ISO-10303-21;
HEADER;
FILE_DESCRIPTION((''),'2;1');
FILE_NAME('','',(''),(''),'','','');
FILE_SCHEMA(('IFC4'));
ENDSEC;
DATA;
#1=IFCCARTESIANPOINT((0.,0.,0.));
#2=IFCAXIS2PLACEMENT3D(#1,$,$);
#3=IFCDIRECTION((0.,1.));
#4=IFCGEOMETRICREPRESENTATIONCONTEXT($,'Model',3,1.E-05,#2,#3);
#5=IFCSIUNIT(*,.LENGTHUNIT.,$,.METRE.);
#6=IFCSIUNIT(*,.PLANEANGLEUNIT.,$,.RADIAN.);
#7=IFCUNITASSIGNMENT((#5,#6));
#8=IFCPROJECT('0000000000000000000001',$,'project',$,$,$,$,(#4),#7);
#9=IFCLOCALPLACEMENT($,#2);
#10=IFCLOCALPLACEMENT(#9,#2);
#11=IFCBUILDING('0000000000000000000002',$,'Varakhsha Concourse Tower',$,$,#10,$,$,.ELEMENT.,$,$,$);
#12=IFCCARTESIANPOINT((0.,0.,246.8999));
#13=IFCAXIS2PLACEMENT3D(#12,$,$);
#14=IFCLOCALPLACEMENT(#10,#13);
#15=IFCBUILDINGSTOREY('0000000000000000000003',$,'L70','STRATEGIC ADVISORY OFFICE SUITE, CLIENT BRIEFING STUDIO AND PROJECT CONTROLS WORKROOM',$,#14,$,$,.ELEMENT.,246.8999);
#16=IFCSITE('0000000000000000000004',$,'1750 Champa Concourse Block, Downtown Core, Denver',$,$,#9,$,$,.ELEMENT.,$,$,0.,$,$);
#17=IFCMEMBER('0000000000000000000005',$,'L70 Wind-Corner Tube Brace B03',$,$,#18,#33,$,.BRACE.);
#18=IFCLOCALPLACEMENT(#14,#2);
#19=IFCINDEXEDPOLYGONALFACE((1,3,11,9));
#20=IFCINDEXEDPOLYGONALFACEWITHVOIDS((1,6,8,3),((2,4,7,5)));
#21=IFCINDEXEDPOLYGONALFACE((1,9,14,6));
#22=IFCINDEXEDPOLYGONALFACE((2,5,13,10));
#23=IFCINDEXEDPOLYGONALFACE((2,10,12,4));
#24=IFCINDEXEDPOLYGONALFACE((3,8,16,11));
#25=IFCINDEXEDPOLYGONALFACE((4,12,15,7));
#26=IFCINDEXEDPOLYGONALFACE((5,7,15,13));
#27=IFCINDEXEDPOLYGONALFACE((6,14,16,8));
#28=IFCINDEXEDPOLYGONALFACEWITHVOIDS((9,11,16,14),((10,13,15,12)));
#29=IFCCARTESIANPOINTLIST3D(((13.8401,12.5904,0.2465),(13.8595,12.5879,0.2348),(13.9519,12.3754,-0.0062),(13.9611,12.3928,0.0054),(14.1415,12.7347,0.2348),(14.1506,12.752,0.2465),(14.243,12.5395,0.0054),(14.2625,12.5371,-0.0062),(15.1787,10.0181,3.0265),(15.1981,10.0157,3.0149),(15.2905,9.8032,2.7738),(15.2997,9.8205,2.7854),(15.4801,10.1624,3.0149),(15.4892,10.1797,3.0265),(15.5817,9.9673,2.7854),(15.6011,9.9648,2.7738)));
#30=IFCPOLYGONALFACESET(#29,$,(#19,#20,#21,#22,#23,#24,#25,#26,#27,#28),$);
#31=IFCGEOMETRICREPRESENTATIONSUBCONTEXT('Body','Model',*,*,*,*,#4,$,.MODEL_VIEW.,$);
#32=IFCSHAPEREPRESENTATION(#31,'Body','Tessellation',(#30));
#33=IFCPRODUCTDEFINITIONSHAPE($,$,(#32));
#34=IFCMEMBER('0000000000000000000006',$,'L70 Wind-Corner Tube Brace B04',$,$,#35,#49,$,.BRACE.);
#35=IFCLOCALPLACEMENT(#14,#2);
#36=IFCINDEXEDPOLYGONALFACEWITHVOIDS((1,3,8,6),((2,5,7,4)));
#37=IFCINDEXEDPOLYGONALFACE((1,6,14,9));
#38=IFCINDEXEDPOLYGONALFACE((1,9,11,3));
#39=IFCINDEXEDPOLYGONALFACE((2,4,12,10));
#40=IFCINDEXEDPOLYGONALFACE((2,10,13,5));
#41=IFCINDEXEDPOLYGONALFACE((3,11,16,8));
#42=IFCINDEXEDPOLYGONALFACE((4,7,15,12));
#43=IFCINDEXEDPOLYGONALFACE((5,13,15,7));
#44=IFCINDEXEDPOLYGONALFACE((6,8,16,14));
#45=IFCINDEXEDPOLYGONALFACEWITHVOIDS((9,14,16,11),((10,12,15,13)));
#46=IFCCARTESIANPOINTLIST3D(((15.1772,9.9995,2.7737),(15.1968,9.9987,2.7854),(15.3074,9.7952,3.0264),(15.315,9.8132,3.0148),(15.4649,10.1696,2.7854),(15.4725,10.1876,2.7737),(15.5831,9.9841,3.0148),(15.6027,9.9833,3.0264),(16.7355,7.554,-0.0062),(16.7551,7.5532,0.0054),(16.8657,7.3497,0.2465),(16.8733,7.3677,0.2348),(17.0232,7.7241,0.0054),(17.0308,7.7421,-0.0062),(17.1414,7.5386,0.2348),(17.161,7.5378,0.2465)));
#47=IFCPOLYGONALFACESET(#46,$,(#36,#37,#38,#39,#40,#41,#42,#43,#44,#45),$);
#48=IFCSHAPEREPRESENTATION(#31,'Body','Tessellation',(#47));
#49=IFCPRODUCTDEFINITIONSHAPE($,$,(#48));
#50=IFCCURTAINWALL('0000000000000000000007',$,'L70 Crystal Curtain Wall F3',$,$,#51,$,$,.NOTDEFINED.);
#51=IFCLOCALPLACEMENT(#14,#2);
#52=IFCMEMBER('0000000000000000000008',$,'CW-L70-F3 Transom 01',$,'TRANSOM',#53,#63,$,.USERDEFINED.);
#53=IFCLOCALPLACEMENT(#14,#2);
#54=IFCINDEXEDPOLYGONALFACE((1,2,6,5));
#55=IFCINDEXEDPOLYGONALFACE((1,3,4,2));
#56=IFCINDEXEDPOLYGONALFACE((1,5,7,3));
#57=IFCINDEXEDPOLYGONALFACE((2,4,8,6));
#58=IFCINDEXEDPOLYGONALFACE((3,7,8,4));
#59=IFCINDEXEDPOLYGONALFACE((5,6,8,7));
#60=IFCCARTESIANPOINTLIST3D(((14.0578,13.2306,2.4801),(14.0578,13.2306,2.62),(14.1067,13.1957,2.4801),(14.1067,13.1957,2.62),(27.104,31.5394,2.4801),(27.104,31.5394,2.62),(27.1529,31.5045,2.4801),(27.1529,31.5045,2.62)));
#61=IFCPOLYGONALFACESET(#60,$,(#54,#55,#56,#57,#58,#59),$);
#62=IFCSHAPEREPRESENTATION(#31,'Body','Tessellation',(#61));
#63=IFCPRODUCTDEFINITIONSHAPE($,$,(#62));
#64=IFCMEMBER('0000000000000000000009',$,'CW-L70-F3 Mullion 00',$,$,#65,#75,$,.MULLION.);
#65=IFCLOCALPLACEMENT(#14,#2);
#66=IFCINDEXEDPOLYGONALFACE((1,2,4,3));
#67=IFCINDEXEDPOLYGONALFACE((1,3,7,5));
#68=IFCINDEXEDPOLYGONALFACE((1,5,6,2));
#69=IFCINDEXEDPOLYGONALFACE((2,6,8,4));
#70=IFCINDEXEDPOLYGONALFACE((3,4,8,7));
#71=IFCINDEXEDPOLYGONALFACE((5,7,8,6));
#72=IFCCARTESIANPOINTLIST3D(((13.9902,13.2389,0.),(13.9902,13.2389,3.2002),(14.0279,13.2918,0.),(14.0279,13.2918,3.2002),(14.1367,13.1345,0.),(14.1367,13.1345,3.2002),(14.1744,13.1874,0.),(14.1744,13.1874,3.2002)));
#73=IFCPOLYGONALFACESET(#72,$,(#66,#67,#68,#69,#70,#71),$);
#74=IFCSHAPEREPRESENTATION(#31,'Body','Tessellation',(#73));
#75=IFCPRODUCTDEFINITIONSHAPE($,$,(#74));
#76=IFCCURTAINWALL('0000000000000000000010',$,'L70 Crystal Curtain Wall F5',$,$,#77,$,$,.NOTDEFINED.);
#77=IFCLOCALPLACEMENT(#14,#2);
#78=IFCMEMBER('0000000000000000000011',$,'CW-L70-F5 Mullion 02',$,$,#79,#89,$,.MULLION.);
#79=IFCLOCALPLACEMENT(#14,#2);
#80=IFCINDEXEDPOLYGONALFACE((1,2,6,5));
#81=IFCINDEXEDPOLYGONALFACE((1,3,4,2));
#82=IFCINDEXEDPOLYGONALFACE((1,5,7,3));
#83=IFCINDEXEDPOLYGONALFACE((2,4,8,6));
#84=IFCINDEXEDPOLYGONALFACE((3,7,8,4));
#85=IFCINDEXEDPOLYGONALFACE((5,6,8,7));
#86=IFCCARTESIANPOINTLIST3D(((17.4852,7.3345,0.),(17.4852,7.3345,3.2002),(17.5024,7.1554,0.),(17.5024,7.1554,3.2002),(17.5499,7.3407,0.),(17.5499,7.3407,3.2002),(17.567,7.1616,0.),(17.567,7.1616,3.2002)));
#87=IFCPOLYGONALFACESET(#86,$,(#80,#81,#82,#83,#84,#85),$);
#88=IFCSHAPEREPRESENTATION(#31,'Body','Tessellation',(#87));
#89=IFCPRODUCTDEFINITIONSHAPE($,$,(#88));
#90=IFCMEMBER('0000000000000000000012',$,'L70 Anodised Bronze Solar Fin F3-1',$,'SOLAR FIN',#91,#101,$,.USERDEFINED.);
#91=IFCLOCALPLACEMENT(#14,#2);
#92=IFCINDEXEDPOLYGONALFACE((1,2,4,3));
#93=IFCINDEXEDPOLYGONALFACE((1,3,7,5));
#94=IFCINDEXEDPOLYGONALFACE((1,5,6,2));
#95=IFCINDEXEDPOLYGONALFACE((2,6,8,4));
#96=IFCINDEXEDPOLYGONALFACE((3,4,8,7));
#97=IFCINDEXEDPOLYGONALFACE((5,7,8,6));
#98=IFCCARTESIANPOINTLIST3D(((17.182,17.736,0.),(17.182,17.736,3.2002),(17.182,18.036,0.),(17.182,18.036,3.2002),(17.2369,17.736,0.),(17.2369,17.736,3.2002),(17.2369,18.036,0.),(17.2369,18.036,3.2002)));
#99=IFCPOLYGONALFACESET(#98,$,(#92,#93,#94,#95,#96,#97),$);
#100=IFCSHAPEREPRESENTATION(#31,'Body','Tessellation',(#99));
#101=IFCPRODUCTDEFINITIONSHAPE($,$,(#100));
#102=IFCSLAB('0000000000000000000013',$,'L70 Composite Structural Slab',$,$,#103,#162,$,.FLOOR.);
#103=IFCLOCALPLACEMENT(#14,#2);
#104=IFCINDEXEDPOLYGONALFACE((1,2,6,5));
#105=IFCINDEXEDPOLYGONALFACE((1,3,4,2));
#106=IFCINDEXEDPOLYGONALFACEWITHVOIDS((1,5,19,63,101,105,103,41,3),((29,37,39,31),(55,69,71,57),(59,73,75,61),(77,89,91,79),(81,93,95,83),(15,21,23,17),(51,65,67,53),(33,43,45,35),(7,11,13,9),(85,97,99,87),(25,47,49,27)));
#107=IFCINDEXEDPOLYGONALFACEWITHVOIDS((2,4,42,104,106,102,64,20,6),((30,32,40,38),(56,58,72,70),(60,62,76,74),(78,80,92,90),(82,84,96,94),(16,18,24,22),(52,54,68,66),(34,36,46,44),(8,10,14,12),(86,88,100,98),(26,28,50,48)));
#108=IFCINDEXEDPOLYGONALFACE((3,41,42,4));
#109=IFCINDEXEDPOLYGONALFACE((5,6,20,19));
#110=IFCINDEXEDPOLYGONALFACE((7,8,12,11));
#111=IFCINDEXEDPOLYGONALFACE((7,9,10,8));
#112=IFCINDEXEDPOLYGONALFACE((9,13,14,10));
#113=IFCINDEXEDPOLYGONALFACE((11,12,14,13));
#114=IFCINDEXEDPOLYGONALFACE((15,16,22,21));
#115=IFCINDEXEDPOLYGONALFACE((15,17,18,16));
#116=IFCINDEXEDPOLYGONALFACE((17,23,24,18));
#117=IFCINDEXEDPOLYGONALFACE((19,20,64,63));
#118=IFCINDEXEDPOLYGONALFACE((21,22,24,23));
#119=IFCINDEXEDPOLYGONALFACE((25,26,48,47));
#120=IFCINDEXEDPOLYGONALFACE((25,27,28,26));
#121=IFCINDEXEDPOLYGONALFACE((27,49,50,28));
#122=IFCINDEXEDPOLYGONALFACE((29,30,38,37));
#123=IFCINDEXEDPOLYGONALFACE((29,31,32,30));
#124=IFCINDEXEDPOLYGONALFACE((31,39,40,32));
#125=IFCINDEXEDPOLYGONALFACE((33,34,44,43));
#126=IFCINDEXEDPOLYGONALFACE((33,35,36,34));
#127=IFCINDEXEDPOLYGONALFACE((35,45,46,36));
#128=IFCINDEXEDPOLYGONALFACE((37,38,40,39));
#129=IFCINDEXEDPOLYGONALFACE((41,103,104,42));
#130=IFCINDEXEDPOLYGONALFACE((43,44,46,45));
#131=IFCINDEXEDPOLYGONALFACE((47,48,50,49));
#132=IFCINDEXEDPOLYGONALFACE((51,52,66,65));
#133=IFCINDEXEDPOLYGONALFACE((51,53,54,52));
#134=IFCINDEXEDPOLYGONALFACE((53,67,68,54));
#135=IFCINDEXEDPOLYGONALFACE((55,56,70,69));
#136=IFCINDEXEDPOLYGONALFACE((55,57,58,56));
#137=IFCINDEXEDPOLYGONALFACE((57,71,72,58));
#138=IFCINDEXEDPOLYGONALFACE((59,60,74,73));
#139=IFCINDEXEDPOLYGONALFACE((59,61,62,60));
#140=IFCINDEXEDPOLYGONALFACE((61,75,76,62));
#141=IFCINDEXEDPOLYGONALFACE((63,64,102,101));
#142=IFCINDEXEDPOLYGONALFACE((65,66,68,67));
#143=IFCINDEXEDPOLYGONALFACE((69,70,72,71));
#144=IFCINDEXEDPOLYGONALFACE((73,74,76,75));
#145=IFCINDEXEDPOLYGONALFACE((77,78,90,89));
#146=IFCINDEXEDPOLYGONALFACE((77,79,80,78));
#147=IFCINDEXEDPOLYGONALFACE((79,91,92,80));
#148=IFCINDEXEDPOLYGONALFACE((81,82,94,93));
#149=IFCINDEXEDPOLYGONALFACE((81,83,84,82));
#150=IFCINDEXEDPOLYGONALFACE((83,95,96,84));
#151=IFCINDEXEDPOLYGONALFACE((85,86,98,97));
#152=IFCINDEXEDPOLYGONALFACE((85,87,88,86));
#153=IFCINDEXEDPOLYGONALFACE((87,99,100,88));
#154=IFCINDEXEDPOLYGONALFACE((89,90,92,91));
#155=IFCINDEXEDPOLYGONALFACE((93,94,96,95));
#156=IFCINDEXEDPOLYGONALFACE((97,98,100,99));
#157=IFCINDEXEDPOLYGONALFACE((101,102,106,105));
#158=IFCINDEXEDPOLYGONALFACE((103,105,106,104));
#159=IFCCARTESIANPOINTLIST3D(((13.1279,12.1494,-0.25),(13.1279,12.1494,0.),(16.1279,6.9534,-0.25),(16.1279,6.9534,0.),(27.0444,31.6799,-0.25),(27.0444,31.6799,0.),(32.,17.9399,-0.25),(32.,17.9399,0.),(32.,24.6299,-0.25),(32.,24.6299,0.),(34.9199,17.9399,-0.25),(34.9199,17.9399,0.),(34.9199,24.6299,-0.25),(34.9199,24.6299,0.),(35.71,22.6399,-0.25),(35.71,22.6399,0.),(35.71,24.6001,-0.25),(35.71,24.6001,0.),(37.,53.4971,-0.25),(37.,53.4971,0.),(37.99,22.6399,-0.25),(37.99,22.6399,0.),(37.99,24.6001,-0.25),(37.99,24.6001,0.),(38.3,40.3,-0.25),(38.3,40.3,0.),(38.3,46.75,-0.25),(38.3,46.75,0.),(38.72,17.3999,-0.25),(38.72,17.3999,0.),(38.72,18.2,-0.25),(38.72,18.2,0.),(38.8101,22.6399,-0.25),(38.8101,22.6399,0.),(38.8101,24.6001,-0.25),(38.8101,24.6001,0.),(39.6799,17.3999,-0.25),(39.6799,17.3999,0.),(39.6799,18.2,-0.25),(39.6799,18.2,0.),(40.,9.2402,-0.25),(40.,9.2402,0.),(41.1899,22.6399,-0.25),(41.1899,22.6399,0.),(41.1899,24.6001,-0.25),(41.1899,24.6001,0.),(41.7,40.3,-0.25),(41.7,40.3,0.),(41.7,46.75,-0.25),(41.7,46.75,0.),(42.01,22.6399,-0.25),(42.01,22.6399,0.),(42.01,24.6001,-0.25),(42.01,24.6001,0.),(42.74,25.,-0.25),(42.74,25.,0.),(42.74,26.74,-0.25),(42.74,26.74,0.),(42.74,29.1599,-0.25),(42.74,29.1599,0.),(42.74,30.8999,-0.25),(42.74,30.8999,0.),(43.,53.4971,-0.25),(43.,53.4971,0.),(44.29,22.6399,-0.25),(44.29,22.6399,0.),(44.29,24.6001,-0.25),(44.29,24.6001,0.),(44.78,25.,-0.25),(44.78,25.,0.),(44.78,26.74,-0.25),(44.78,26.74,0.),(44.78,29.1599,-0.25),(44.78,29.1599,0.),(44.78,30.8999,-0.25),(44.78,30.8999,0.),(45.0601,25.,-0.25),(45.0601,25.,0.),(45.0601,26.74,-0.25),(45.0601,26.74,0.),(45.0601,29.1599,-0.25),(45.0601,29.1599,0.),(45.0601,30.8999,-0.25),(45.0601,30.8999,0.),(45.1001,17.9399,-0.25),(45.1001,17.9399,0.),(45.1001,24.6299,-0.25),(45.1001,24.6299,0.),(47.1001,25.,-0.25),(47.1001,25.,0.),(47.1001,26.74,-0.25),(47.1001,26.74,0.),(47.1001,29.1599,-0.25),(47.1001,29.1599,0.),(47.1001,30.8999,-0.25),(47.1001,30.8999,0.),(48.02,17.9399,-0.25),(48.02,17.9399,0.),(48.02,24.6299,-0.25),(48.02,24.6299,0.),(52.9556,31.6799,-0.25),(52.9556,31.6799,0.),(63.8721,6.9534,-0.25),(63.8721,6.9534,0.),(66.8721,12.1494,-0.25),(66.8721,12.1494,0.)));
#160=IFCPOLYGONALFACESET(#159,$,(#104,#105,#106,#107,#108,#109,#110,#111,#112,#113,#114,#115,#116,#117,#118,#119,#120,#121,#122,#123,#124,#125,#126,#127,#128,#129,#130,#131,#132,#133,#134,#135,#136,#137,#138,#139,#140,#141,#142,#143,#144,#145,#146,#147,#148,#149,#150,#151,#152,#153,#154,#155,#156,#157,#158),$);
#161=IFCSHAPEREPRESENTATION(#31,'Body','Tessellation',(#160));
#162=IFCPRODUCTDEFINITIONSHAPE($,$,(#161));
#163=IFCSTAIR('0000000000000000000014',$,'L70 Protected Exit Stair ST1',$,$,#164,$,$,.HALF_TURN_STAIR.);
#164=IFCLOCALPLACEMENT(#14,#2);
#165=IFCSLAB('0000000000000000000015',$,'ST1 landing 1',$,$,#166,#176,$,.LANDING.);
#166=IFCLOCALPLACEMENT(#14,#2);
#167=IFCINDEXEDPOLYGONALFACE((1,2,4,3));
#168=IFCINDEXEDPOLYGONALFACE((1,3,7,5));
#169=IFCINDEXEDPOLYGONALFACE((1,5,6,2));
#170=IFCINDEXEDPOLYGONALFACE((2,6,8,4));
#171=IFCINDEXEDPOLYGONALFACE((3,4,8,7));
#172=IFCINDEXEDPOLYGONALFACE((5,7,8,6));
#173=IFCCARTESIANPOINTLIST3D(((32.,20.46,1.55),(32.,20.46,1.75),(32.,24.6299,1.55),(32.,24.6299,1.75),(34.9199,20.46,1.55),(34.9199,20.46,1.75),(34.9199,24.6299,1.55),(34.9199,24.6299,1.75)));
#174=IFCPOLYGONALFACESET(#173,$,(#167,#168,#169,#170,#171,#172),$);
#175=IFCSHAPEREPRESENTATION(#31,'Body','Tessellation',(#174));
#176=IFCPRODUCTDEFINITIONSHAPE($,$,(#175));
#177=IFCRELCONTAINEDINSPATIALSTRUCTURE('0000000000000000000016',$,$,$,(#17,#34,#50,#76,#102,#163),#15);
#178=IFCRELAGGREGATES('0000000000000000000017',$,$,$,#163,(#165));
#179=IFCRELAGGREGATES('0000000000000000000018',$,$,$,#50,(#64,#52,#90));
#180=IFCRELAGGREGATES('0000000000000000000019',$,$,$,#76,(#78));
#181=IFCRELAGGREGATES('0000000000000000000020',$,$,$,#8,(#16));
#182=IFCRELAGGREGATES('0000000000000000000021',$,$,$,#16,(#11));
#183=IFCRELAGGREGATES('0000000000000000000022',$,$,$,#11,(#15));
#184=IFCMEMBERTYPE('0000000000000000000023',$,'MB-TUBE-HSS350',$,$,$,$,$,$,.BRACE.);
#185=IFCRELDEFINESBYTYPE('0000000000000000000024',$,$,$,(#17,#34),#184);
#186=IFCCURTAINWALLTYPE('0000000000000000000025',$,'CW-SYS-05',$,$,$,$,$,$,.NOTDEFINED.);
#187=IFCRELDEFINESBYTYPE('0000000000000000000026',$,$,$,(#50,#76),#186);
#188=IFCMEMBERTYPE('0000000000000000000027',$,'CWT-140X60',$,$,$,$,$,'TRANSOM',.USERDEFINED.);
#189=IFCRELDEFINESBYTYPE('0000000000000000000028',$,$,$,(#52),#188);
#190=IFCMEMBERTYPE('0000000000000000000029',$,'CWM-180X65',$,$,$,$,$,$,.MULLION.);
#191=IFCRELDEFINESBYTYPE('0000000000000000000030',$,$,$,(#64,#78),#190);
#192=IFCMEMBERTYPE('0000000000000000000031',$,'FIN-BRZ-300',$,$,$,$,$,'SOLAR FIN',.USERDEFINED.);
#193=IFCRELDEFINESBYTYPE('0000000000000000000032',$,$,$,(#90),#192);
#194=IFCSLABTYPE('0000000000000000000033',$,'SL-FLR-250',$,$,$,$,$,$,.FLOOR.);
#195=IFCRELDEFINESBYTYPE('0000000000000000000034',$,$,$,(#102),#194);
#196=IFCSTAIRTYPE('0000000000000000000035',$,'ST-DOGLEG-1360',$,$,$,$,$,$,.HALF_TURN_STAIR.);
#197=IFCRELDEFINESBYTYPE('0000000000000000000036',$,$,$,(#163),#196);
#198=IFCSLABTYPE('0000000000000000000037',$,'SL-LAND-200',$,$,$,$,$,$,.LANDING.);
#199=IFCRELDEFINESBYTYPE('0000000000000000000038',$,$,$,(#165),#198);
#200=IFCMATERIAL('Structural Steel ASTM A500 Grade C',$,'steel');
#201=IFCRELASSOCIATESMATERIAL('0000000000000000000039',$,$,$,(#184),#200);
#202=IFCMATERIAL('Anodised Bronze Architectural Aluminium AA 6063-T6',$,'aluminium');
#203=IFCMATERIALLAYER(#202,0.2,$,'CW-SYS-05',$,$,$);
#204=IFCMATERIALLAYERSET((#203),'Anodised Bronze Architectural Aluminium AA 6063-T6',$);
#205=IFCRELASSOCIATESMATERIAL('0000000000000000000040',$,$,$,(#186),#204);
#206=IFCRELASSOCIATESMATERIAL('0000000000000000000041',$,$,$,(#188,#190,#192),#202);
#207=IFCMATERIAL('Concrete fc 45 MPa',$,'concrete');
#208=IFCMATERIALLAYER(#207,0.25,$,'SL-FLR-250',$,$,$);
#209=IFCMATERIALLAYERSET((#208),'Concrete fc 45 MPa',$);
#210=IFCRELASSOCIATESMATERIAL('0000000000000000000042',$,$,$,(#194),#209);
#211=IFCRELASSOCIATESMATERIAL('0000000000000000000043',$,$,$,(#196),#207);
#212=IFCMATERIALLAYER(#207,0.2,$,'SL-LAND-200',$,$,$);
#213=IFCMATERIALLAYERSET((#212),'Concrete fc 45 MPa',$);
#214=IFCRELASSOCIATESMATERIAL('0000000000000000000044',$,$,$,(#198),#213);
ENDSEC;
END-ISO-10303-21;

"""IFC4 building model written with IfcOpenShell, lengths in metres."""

from ifc_helpers import new_model, si_unit, direction, frame, origin, origin_2d, place, context, subcontext, project, spatial, polyline, rectangle, hollow_rectangle, outline, extrude, source, transform, mapped, material, layer, layer_set, material_profile, profile_set, type_object, type_shapes, element, aggregate, save


model = new_model("IFC4")

# Units and contexts
model_context = context("Model", 3, precision=1e-05, world=origin(), true_north=direction((0.0, 1.0)))
body_context = subcontext(model_context, "Body", "Model", "MODEL_VIEW")
ifc_project = project(units=[si_unit("LENGTHUNIT", "METRE"), si_unit("PLANEANGLEUNIT", "RADIAN")], contexts=[model_context])

# Site, building, storey
site_placement = place(None, origin())
site = spatial("IfcSite", under=ifc_project, at=site_placement, Name="1750 Champa Concourse Block, Downtown Core, Denver", CompositionType="ELEMENT", RefElevation=0.0)
building_placement = place(site_placement, origin())
building = spatial("IfcBuilding", under=site, at=building_placement, Name="Varakhsha Concourse Tower", CompositionType="ELEMENT")
storey_placement = place(building_placement, frame((0.0, 0.0, 246.8999)))
storey = spatial("IfcBuildingStorey", under=building, at=storey_placement, Name="L70", Description="STRATEGIC ADVISORY OFFICE SUITE, CLIENT BRIEFING STUDIO AND PROJECT CONTROLS WORKROOM", CompositionType="ELEMENT", Elevation=246.8999)

# Members
ifc_material_1 = material(Name="Structural Steel ASTM A500 Grade C", Category="steel")
ifc_material_profile_1 = material_profile(ifc_material_1, hollow_rectangle(XDim=0.3501, YDim=0.3501, WallThickness=0.0161, at=origin_2d()), Name="HSS 350x350x16")
ifc_profile_set_1 = profile_set([ifc_material_profile_1], Name="Structural Steel ASTM A500 Grade C")
member_type_1 = type_object("IfcMemberType", Name="MB-TUBE-HSS350", PredefinedType="BRACE", material=ifc_profile_set_1)
shared_shape_1 = source(origin(), body_context, "Body", "SweptSolid", [
    extrude(hollow_rectangle(XDim=0.3501, YDim=0.3501, WallThickness=0.0161, at=origin_2d()), origin(), (0.0, 0.0, 1.0), 4.0171),
])
type_shapes(member_type_1, [shared_shape_1])
for number, where, z_axis, x_axis, name in (
    (1, (14.0513, 12.5637, 0.1201), (0.333232, -0.64033, 0.69205), (0.887069, 0.461636, 0.0), "L70 Wind-Corner Tube Brace B03"),
    (2, (16.9482, 7.5459, 0.1201), (-0.387921, 0.608774, 0.692034), (-0.843335, -0.537387, 0.0), "L70 Wind-Corner Tube Brace B04"),
):
    element("IfcMember", number, at=place(storey_placement, frame(where, z_axis=z_axis, x_axis=x_axis)), inside=storey, type_object=member_type_1, Name=name, PredefinedType="BRACE", context=body_context, shape_type="MappedRepresentation", body=[
        mapped(shared_shape_1, transform((0.0, 0.0, 0.0), scale=1.0)),
    ])

# Curtain wall, members
ifc_material_2 = material(Name="Anodised Bronze Architectural Aluminium AA 6063-T6", Category="aluminium")
ifc_layer_1 = layer(ifc_material_2, 0.2, Name="CW-SYS-05")
ifc_layer_set_1 = layer_set([ifc_layer_1], Name="Anodised Bronze Architectural Aluminium AA 6063-T6")
curtain_wall_type = type_object("IfcCurtainWallType", Name="CW-SYS-05", PredefinedType="NOTDEFINED", material=ifc_layer_set_1)
curtain_wall_1_placement = place(storey_placement, origin())
curtain_wall_1 = element("IfcCurtainWall", 3, at=curtain_wall_1_placement, inside=storey, type_object=curtain_wall_type, Name="L70 Crystal Curtain Wall F3", PredefinedType="NOTDEFINED")
ifc_material_profile_2 = material_profile(ifc_material_2, rectangle(XDim=0.0601, YDim=0.1399, at=origin_2d()), Name="CWT-140X60")
ifc_profile_set_2 = profile_set([ifc_material_profile_2], Name="Anodised Bronze Architectural Aluminium AA 6063-T6")
member_type_2 = type_object("IfcMemberType", Name="CWT-140X60", ElementType="TRANSOM", PredefinedType="USERDEFINED", material=ifc_profile_set_2)
shared_shape_2 = source(origin(), body_context, "Body", "SweptSolid", [
    extrude(rectangle(XDim=0.0601, YDim=0.1399, at=origin_2d()), origin(), (0.0, 0.0, 1.0), 22.4814),
])
type_shapes(member_type_2, [shared_shape_2])
member_1_placement = place(storey_placement, frame((14.0823, 13.2131, 2.55), z_axis=(0.580307, 0.814398, 0.0), x_axis=(-0.814398, 0.580307, 0.0)))
member_1 = element("IfcMember", 4, at=member_1_placement, type_object=member_type_2, Name="CW-L70-F3 Transom 01", ObjectType="TRANSOM", PredefinedType="USERDEFINED", context=body_context, shape_type="MappedRepresentation", body=[
    mapped(shared_shape_2, transform((0.0, 0.0, 0.0), scale=1.0)),
])
ifc_material_profile_3 = material_profile(ifc_material_2, rectangle(XDim=0.0649, YDim=0.1799, at=origin_2d()), Name="CWM-180X65")
ifc_profile_set_3 = profile_set([ifc_material_profile_3], Name="Anodised Bronze Architectural Aluminium AA 6063-T6")
member_type_3 = type_object("IfcMemberType", Name="CWM-180X65", PredefinedType="MULLION", material=ifc_profile_set_3)
shared_shape_3 = source(origin(), body_context, "Body", "SweptSolid", [
    extrude(rectangle(XDim=0.0649, YDim=0.1799, at=origin_2d()), origin(), (0.0, 0.0, 1.0), 3.2002),
])
type_shapes(member_type_3, [shared_shape_3])
member_2_placement = place(storey_placement, frame((14.0823, 13.2131, 0.0), z_axis=(0.0, 0.0, 1.0), x_axis=(0.580306, 0.814398, 0.0)))
member_2 = element("IfcMember", 5, at=member_2_placement, type_object=member_type_3, Name="CW-L70-F3 Mullion 00", PredefinedType="MULLION", context=body_context, shape_type="MappedRepresentation", body=[
    mapped(shared_shape_3, transform((0.0, 0.0, 0.0), scale=1.0)),
])

# Curtain wall, member
curtain_wall_2_placement = place(storey_placement, origin())
curtain_wall_2 = element("IfcCurtainWall", 6, at=curtain_wall_2_placement, inside=storey, type_object=curtain_wall_type, Name="L70 Crystal Curtain Wall F5", PredefinedType="NOTDEFINED")
member_3_placement = place(storey_placement, frame((17.5261, 7.248, 0.0), z_axis=(0.0, 0.0, 1.0), x_axis=(-0.995443, -0.095363, 0.0)))
member_3 = element("IfcMember", 7, at=member_3_placement, type_object=member_type_3, Name="CW-L70-F5 Mullion 02", PredefinedType="MULLION", context=body_context, shape_type="MappedRepresentation", body=[
    mapped(shared_shape_3, transform((0.0, 0.0, 0.0), scale=1.0)),
])

# Member
ifc_material_profile_4 = material_profile(ifc_material_2, rectangle(XDim=0.0549, YDim=0.3, at=origin_2d()), Name="FIN-BRZ-300")
ifc_profile_set_4 = profile_set([ifc_material_profile_4], Name="Anodised Bronze Architectural Aluminium AA 6063-T6")
member_type_4 = type_object("IfcMemberType", Name="FIN-BRZ-300", ElementType="SOLAR FIN", PredefinedType="USERDEFINED", material=ifc_profile_set_4)
shared_shape_4 = source(origin(), body_context, "Body", "SweptSolid", [
    extrude(rectangle(XDim=0.0549, YDim=0.3, at=origin_2d()), origin(), (0.0, 0.0, 1.0), 3.2002),
])
type_shapes(member_type_4, [shared_shape_4])
member_4_placement = place(storey_placement, frame((17.2095, 17.886, 0.0), z_axis=(0.0, 0.0, 1.0), x_axis=(1.0, 0.0, 0.0)))
member_4 = element("IfcMember", 8, at=member_4_placement, type_object=member_type_4, Name="L70 Anodised Bronze Solar Fin F3-1", ObjectType="SOLAR FIN", PredefinedType="USERDEFINED", context=body_context, shape_type="MappedRepresentation", body=[
    mapped(shared_shape_4, transform((0.0, 0.0, 0.0), scale=1.0)),
])

# Slab
ifc_material_3 = material(Name="Concrete fc 45 MPa", Category="concrete")
ifc_layer_2 = layer(ifc_material_3, 0.25, Name="SL-FLR-250")
ifc_layer_set_2 = layer_set([ifc_layer_2], Name="Concrete fc 45 MPa")
slab_type_1 = type_object("IfcSlabType", Name="SL-FLR-250", PredefinedType="FLOOR", material=ifc_layer_set_2)
slab_1_placement = place(storey_placement, frame((0.0, 0.0, -0.25)))
element("IfcSlab", 9, at=slab_1_placement, inside=storey, type_object=slab_type_1, Name="L70 Composite Structural Slab", PredefinedType="FLOOR", context=body_context, shape_type="SweptSolid", body=[
    extrude(outline(polyline([(43.0, 53.4971), (37.0, 53.4971), (27.0444, 31.6799), (13.1279, 12.1494), (16.1279, 6.9534), (40.0, 9.2402), (63.8721, 6.9534), (66.8721, 12.1494), (52.9556, 31.6799), (43.0, 53.4971)]), holes=[polyline([(34.9199, 17.9399), (34.9199, 24.6299), (32.0, 24.6299), (32.0, 17.9399), (34.9199, 17.9399)]), polyline([(48.02, 17.9399), (48.02, 24.6299), (45.1001, 24.6299), (45.1001, 17.9399), (48.02, 17.9399)]), polyline([(41.7, 40.3), (41.7, 46.75), (38.3, 46.75), (38.3, 40.3), (41.7, 40.3)]), polyline([(42.74, 29.1599), (44.78, 29.1599), (44.78, 30.8999), (42.74, 30.8999), (42.74, 29.1599)]), polyline([(45.0601, 29.1599), (47.1001, 29.1599), (47.1001, 30.8999), (45.0601, 30.8999), (45.0601, 29.1599)]), polyline([(42.74, 25.0), (44.78, 25.0), (44.78, 26.74), (42.74, 26.74), (42.74, 25.0)]), polyline([(45.0601, 25.0), (47.1001, 25.0), (47.1001, 26.74), (45.0601, 26.74), (45.0601, 25.0)]), polyline([(35.71, 22.6399), (37.99, 22.6399), (37.99, 24.6001), (35.71, 24.6001), (35.71, 22.6399)]), polyline([(42.01, 22.6399), (44.29, 22.6399), (44.29, 24.6001), (42.01, 24.6001), (42.01, 22.6399)]), polyline([(38.8101, 22.6399), (41.1899, 22.6399), (41.1899, 24.6001), (38.8101, 24.6001), (38.8101, 22.6399)]), polyline([(38.72, 17.3999), (39.6799, 17.3999), (39.6799, 18.2), (38.72, 18.2), (38.72, 17.3999)])]), origin(), (0.0, 0.0, 1.0), 0.25),
])

# Stair, slab
stair_type_1 = type_object("IfcStairType", Name="ST-DOGLEG-1360", PredefinedType="HALF_TURN_STAIR", material=ifc_material_3)
stair_1_placement = place(storey_placement, origin())
stair_1 = element("IfcStair", 10, at=stair_1_placement, inside=storey, type_object=stair_type_1, Name="L70 Protected Exit Stair ST1", PredefinedType="HALF_TURN_STAIR")
ifc_layer_3 = layer(ifc_material_3, 0.2, Name="SL-LAND-200")
ifc_layer_set_3 = layer_set([ifc_layer_3], Name="Concrete fc 45 MPa")
slab_type_2 = type_object("IfcSlabType", Name="SL-LAND-200", PredefinedType="LANDING", material=ifc_layer_set_3)
slab_2_placement = place(storey_placement, frame((0.0, 0.0, 1.55)))
slab_2 = element("IfcSlab", 11, at=slab_2_placement, type_object=slab_type_2, Name="ST1 landing 1", PredefinedType="LANDING", context=body_context, shape_type="SweptSolid", body=[
    extrude(outline(polyline([(34.9199, 20.46), (34.9199, 24.6299), (32.0, 24.6299), (32.0, 20.46), (34.9199, 20.46)])), origin(), (0.0, 0.0, 1.0), 0.2),
])
aggregate(stair_1, [slab_2])

aggregate(curtain_wall_1, [member_2, member_1, member_4])
aggregate(curtain_wall_2, [member_3])

save(model, "model.ifc")
